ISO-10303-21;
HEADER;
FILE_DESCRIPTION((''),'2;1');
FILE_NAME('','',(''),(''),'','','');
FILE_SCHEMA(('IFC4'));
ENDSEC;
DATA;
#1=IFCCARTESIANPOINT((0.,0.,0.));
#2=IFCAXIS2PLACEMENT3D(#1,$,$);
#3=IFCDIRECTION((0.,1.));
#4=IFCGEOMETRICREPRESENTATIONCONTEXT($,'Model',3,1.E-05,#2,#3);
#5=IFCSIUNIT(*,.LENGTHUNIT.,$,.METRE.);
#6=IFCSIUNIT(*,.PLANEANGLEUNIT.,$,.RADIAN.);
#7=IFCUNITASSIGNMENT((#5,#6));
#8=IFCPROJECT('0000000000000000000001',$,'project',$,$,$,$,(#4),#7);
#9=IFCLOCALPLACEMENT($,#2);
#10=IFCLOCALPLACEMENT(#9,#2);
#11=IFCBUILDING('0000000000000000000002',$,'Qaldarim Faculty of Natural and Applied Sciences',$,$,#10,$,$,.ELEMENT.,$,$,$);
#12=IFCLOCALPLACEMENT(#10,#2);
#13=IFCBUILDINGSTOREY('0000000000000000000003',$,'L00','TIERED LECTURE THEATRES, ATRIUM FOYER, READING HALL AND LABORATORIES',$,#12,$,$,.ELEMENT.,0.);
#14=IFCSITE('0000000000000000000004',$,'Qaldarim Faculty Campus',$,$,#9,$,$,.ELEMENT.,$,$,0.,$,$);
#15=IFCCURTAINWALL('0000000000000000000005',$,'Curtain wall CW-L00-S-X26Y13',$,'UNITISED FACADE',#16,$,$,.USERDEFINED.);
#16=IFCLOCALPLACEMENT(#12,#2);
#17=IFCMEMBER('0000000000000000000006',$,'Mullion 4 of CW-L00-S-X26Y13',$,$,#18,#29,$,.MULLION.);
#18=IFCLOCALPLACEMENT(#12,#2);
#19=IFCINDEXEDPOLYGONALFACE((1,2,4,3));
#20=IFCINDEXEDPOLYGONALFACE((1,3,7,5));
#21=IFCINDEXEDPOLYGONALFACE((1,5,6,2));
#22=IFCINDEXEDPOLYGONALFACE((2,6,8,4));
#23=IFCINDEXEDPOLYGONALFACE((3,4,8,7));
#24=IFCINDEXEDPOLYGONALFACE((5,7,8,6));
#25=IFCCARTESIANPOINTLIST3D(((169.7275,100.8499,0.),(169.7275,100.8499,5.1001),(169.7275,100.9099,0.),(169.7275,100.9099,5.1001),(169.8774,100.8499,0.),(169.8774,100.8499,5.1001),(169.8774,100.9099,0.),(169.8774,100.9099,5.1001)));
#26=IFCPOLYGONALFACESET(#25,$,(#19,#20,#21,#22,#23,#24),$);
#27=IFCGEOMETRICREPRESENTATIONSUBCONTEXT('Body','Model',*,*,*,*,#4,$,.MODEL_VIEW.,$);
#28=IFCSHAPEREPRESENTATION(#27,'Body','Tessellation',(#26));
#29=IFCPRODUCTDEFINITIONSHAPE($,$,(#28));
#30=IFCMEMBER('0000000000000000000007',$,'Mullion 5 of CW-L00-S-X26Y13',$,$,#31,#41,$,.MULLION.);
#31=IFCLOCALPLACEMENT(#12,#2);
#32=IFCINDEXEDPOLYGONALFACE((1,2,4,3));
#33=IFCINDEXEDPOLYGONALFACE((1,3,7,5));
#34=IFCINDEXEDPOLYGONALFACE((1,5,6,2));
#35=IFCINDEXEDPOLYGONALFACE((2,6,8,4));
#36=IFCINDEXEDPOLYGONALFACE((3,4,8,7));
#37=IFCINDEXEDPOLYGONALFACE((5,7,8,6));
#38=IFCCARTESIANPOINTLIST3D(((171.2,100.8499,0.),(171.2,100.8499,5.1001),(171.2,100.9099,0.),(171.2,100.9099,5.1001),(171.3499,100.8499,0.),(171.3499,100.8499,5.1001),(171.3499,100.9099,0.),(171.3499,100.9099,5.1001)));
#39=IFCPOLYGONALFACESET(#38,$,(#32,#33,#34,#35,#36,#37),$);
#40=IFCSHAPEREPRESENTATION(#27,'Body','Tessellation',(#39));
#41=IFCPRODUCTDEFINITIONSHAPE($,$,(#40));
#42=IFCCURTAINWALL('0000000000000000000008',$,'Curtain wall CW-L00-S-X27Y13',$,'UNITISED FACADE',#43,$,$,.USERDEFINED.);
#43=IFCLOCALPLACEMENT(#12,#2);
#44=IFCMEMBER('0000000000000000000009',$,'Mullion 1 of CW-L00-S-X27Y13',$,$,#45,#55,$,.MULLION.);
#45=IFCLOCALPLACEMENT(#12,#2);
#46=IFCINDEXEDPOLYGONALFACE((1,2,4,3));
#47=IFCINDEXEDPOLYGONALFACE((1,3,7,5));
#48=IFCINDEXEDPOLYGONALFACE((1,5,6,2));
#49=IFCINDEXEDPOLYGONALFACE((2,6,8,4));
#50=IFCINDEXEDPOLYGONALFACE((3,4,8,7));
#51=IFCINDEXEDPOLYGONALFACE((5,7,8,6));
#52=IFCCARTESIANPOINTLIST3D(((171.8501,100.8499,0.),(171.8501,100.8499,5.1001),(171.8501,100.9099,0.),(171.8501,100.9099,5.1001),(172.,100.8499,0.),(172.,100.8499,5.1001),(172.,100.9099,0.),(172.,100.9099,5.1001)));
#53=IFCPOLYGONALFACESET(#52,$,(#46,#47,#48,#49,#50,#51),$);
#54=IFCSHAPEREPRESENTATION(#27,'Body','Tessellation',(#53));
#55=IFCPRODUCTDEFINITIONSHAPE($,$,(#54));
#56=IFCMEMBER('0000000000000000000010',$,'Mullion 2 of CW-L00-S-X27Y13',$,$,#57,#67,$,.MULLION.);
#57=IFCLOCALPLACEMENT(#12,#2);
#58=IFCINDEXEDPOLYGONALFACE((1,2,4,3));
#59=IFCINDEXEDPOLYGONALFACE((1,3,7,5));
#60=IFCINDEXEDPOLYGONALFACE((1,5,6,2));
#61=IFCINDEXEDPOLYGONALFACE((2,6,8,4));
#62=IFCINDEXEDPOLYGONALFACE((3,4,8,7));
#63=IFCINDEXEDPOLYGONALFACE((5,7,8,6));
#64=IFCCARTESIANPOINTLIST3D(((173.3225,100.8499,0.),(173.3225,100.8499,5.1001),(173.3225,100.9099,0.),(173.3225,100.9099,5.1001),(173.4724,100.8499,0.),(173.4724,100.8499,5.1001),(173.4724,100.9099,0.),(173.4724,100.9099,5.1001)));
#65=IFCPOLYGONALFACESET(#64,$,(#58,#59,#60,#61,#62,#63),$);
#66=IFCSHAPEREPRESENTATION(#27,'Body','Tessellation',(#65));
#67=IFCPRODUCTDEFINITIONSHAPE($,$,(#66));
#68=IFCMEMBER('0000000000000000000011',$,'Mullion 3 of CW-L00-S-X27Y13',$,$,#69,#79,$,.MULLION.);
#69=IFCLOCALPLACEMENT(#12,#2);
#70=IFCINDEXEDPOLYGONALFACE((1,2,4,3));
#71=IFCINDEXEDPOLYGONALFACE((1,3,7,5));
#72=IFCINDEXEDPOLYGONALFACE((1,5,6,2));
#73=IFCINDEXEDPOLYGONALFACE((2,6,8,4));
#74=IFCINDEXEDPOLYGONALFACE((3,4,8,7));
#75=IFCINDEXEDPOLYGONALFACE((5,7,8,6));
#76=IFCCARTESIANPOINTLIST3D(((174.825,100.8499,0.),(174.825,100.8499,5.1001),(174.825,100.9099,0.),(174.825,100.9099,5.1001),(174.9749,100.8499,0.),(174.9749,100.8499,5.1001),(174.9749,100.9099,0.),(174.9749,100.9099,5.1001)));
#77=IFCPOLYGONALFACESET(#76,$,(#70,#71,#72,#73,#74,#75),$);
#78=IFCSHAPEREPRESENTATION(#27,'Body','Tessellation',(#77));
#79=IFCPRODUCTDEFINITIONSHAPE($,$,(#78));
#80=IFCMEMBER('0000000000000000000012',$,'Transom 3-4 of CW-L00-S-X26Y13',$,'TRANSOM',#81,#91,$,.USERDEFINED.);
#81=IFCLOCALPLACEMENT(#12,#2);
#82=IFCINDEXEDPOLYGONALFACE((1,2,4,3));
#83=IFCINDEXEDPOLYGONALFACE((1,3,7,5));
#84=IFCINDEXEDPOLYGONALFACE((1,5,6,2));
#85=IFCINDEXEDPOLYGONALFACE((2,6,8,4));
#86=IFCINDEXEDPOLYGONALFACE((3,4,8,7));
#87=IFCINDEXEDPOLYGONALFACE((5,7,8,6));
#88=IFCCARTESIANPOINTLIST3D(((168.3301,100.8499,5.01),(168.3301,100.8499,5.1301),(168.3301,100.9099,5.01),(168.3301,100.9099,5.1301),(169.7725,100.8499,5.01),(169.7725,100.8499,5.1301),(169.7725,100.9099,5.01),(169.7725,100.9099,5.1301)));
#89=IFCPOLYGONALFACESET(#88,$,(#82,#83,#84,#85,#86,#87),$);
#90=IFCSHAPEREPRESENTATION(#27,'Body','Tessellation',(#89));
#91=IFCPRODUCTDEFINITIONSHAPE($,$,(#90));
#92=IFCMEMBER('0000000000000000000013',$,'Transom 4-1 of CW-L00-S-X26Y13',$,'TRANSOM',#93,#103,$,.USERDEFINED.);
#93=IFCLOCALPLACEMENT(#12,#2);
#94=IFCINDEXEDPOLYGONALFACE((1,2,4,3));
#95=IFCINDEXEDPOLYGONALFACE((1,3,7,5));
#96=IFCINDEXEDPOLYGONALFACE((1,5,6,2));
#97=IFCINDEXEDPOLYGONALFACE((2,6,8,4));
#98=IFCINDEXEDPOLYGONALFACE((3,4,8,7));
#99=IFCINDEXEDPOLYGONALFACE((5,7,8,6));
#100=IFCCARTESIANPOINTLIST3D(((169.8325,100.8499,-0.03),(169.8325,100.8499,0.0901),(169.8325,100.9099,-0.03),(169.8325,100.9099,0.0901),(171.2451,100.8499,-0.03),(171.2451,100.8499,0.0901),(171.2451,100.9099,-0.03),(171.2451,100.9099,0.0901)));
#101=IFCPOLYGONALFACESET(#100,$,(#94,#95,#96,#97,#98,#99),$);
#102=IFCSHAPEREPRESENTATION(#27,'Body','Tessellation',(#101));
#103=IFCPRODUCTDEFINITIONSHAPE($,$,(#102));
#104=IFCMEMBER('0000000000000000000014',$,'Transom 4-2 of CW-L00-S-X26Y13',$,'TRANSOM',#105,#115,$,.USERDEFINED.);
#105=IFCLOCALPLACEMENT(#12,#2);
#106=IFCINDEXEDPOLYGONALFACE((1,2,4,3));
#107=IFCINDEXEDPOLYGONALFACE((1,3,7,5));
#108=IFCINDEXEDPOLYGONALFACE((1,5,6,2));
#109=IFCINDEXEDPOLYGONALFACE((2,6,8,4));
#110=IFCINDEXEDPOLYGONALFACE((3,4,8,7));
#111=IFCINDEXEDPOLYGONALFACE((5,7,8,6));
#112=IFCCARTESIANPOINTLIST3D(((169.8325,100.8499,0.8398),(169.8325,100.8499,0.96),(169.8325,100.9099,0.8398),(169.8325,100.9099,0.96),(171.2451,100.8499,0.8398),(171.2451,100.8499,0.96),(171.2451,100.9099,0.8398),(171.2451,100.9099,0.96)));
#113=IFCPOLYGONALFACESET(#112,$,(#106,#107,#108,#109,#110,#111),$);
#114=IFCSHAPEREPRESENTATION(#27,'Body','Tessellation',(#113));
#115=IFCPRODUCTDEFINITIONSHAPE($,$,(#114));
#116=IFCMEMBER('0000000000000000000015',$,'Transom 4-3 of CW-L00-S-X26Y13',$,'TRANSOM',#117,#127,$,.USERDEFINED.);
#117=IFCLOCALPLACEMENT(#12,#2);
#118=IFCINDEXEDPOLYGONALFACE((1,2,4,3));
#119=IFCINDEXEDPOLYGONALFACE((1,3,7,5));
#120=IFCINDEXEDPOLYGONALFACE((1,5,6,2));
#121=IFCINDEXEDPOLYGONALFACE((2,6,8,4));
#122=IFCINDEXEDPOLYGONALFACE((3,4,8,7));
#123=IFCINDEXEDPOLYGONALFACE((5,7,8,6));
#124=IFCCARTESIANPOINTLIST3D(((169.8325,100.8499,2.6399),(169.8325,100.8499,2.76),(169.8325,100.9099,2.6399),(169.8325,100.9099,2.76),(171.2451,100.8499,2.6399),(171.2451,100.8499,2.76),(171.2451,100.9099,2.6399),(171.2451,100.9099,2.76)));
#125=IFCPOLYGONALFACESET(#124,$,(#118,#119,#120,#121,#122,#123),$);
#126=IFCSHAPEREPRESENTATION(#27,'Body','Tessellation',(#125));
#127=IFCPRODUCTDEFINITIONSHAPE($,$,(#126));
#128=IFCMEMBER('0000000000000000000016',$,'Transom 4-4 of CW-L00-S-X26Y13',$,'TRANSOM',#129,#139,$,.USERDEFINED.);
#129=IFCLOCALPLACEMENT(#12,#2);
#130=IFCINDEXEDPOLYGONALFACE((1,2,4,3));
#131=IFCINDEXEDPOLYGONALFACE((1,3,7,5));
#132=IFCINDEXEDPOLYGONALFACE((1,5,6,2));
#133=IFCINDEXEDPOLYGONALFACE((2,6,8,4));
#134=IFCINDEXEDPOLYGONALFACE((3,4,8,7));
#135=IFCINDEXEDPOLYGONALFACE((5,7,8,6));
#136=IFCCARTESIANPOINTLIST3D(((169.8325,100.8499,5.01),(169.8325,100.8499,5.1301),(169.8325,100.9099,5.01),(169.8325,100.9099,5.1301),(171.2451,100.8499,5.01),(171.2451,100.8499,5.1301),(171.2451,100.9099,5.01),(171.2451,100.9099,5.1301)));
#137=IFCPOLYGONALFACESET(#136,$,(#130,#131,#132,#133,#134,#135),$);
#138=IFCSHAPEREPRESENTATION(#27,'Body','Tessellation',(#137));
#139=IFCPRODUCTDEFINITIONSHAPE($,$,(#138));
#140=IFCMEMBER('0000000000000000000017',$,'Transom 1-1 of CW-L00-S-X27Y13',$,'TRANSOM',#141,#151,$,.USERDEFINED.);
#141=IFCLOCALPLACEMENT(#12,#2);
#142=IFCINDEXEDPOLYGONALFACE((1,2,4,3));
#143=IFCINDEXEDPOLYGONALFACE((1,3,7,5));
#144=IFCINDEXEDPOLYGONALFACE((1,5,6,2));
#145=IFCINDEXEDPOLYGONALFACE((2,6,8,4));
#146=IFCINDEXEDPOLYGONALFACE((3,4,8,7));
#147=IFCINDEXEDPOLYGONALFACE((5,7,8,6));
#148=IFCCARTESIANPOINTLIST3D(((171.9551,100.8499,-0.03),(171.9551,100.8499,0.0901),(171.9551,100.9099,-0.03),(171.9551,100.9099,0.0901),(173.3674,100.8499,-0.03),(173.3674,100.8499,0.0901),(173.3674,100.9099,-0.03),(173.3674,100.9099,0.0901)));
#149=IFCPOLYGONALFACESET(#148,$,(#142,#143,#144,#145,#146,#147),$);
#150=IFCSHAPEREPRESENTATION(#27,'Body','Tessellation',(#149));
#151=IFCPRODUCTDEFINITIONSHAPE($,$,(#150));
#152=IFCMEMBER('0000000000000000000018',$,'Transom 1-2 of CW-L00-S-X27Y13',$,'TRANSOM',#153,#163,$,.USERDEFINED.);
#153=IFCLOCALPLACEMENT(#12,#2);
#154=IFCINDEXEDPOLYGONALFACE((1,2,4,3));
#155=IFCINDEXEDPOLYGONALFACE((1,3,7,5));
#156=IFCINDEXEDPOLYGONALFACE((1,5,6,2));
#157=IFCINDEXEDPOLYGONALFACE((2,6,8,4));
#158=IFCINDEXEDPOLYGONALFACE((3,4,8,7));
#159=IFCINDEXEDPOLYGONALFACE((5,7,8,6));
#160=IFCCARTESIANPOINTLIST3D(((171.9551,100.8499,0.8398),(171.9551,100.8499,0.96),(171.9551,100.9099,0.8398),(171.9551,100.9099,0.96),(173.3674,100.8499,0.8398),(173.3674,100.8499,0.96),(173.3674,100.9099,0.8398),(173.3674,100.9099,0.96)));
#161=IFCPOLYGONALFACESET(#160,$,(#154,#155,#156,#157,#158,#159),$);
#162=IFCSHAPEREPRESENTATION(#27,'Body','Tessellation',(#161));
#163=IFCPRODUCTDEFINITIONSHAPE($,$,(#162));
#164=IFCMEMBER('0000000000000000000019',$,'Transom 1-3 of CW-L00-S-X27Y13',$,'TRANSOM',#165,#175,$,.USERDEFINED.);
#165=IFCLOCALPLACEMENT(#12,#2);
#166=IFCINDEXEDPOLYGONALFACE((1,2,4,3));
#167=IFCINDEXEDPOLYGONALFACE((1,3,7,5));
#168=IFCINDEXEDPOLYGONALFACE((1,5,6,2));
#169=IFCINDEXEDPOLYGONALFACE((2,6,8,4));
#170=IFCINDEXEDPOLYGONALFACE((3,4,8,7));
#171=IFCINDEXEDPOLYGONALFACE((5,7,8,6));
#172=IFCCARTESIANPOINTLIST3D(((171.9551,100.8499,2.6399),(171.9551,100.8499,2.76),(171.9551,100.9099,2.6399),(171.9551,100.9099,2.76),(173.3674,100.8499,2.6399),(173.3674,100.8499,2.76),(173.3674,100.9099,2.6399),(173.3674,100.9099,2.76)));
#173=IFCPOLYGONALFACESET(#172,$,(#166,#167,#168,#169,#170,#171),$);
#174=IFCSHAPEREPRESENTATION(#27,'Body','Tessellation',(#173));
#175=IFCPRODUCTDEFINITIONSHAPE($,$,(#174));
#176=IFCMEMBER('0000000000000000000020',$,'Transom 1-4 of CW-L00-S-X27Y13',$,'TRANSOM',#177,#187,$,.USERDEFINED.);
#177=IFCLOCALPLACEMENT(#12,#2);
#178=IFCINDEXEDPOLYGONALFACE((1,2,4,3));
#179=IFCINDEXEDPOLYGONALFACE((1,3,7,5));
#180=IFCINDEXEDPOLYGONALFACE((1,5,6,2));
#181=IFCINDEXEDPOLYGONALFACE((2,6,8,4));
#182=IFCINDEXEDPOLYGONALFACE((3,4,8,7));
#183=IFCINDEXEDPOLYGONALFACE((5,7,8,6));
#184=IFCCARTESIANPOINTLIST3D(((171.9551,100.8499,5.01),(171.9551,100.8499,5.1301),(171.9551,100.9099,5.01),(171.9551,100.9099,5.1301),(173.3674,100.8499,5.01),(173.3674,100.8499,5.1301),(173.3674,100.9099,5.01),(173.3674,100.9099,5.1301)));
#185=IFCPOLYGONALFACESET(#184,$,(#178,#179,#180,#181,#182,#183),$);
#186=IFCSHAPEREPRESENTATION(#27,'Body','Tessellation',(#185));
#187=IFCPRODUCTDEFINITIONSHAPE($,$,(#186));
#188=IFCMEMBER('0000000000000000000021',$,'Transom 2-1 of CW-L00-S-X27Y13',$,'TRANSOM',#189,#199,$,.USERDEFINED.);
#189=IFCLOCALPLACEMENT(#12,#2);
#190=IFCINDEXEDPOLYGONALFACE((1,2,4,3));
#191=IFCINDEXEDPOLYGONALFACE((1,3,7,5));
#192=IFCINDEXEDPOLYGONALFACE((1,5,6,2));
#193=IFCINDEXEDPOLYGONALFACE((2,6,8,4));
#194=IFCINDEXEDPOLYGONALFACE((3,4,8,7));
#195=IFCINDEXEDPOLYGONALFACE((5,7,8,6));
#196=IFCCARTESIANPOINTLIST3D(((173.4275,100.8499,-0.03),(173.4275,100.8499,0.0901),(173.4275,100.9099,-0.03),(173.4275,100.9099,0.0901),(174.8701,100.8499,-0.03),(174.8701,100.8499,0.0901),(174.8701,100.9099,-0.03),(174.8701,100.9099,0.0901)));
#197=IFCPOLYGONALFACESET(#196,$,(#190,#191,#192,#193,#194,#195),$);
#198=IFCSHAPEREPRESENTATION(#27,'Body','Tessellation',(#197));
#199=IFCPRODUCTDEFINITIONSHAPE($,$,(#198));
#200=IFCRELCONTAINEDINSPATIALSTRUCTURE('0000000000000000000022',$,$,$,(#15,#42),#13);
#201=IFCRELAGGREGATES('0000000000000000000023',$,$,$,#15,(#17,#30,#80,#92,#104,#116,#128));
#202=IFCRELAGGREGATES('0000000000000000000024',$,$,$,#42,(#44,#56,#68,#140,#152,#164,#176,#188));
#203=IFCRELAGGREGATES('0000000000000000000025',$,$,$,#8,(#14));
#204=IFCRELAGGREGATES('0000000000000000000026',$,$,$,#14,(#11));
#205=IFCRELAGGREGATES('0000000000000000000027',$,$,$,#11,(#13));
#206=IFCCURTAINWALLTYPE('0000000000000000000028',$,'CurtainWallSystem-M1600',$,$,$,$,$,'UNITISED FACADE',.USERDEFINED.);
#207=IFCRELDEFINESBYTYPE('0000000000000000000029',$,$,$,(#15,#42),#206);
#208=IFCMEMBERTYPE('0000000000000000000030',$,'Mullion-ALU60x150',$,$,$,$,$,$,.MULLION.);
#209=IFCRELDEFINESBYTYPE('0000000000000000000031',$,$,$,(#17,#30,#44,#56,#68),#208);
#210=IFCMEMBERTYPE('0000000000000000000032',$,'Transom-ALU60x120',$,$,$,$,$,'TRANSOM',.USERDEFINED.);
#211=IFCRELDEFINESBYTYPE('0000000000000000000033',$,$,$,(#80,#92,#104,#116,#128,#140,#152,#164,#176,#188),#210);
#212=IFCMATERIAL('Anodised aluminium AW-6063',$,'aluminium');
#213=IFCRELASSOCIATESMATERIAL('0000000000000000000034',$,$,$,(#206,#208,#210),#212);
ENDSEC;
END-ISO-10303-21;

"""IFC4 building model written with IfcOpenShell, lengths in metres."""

from ifc_helpers import new_model, si_unit, direction, frame, origin, origin_2d, place, context, subcontext, project, spatial, rectangle, extrude, material, material_profile, profile_set, type_object, element, aggregate, save


model = new_model("IFC4")

# Units and contexts
model_context = context("Model", 3, precision=1e-05, world=origin(), true_north=direction((0.0, 1.0)))
body_context = subcontext(model_context, "Body", "Model", "MODEL_VIEW")
ifc_project = project(units=[si_unit("LENGTHUNIT", "METRE"), si_unit("PLANEANGLEUNIT", "RADIAN")], contexts=[model_context])

# Site, building, storey
site_placement = place(None, origin())
site = spatial("IfcSite", under=ifc_project, at=site_placement, Name="Qaldarim Faculty Campus", CompositionType="ELEMENT", RefElevation=0.0)
building_placement = place(site_placement, origin())
building = spatial("IfcBuilding", under=site, at=building_placement, Name="Qaldarim Faculty of Natural and Applied Sciences", CompositionType="ELEMENT")
storey_placement = place(building_placement, origin())
storey = spatial("IfcBuildingStorey", under=building, at=storey_placement, Name="L00", Description="TIERED LECTURE THEATRES, ATRIUM FOYER, READING HALL AND LABORATORIES", CompositionType="ELEMENT", Elevation=0.0)

# Curtain walls, members
ifc_material_1 = material(Name="Anodised aluminium AW-6063", Category="aluminium")
curtain_wall_type = type_object("IfcCurtainWallType", Name="CurtainWallSystem-M1600", ElementType="UNITISED FACADE", PredefinedType="USERDEFINED", material=ifc_material_1)
curtain_wall_1_placement = place(storey_placement, origin())
curtain_wall_1 = element("IfcCurtainWall", 1, at=curtain_wall_1_placement, inside=storey, type_object=curtain_wall_type, Name="Curtain wall CW-L00-S-X26Y13", ObjectType="UNITISED FACADE", PredefinedType="USERDEFINED")
ifc_material_profile_1 = material_profile(ifc_material_1, rectangle(XDim=0.0601, YDim=0.1499, at=origin_2d()), Name="ALU-M60x150")
ifc_profile_set_1 = profile_set([ifc_material_profile_1], Name="Anodised aluminium AW-6063")
member_type_1 = type_object("IfcMemberType", Name="Mullion-ALU60x150", PredefinedType="MULLION", material=ifc_profile_set_1)
member_1_placement = place(storey_placement, frame((169.8025, 100.8799, 0.0), z_axis=(0.0, 0.0, 1.0), x_axis=(0.0, 1.0, 0.0)))
member_1 = element("IfcMember", 2, at=member_1_placement, type_object=member_type_1, Name="Mullion 4 of CW-L00-S-X26Y13", PredefinedType="MULLION", context=body_context, shape_type="SweptSolid", body=[
    extrude(rectangle(XDim=0.0601, YDim=0.1499, at=origin_2d()), origin(), (0.0, 0.0, 1.0), 5.1001),
])
member_2_placement = place(storey_placement, frame((171.2749, 100.8799, 0.0), z_axis=(0.0, 0.0, 1.0), x_axis=(0.0, 1.0, 0.0)))
member_2 = element("IfcMember", 3, at=member_2_placement, type_object=member_type_1, Name="Mullion 5 of CW-L00-S-X26Y13", PredefinedType="MULLION", context=body_context, shape_type="SweptSolid", body=[
    extrude(rectangle(XDim=0.0601, YDim=0.1499, at=origin_2d()), origin(), (0.0, 0.0, 1.0), 5.1001),
])
curtain_wall_2_placement = place(storey_placement, origin())
curtain_wall_2 = element("IfcCurtainWall", 4, at=curtain_wall_2_placement, inside=storey, type_object=curtain_wall_type, Name="Curtain wall CW-L00-S-X27Y13", ObjectType="UNITISED FACADE", PredefinedType="USERDEFINED")
member_3_placement = place(storey_placement, frame((171.925, 100.8799, 0.0), z_axis=(0.0, 0.0, 1.0), x_axis=(0.0, 1.0, 0.0)))
member_3 = element("IfcMember", 5, at=member_3_placement, type_object=member_type_1, Name="Mullion 1 of CW-L00-S-X27Y13", PredefinedType="MULLION", context=body_context, shape_type="SweptSolid", body=[
    extrude(rectangle(XDim=0.0601, YDim=0.1499, at=origin_2d()), origin(), (0.0, 0.0, 1.0), 5.1001),
])
member_4_placement = place(storey_placement, frame((173.3975, 100.8799, 0.0), z_axis=(0.0, 0.0, 1.0), x_axis=(0.0, 1.0, 0.0)))
member_4 = element("IfcMember", 6, at=member_4_placement, type_object=member_type_1, Name="Mullion 2 of CW-L00-S-X27Y13", PredefinedType="MULLION", context=body_context, shape_type="SweptSolid", body=[
    extrude(rectangle(XDim=0.0601, YDim=0.1499, at=origin_2d()), origin(), (0.0, 0.0, 1.0), 5.1001),
])
member_5_placement = place(storey_placement, frame((174.8999, 100.8799, 0.0), z_axis=(0.0, 0.0, 1.0), x_axis=(0.0, 1.0, 0.0)))
member_5 = element("IfcMember", 7, at=member_5_placement, type_object=member_type_1, Name="Mullion 3 of CW-L00-S-X27Y13", PredefinedType="MULLION", context=body_context, shape_type="SweptSolid", body=[
    extrude(rectangle(XDim=0.0601, YDim=0.1499, at=origin_2d()), origin(), (0.0, 0.0, 1.0), 5.1001),
])

# Members
ifc_material_profile_2 = material_profile(ifc_material_1, rectangle(XDim=0.0601, YDim=0.1201, at=origin_2d()), Name="ALU-T60x120")
ifc_profile_set_2 = profile_set([ifc_material_profile_2], Name="Anodised aluminium AW-6063")
member_type_2 = type_object("IfcMemberType", Name="Transom-ALU60x120", ElementType="TRANSOM", PredefinedType="USERDEFINED", material=ifc_profile_set_2)
member_6_placement = place(storey_placement, frame((168.3301, 100.8799, 5.0701), z_axis=(1.0, 0.0, 0.0), x_axis=(0.0, 1.0, 0.0)))
member_6 = element("IfcMember", 8, at=member_6_placement, type_object=member_type_2, Name="Transom 3-4 of CW-L00-S-X26Y13", ObjectType="TRANSOM", PredefinedType="USERDEFINED", context=body_context, shape_type="SweptSolid", body=[
    extrude(rectangle(XDim=0.0601, YDim=0.1201, at=origin_2d()), origin(), (0.0, 0.0, 1.0), 1.4424),
])
member_7_placement = place(storey_placement, frame((169.8325, 100.8799, 0.03), z_axis=(1.0, 0.0, 0.0), x_axis=(0.0, 1.0, 0.0)))
member_7 = element("IfcMember", 9, at=member_7_placement, type_object=member_type_2, Name="Transom 4-1 of CW-L00-S-X26Y13", ObjectType="TRANSOM", PredefinedType="USERDEFINED", context=body_context, shape_type="SweptSolid", body=[
    extrude(rectangle(XDim=0.0601, YDim=0.1201, at=origin_2d()), origin(), (0.0, 0.0, 1.0), 1.4126),
])
member_8_placement = place(storey_placement, frame((169.8325, 100.8799, 0.8999), z_axis=(1.0, 0.0, 0.0), x_axis=(0.0, 1.0, 0.0)))
member_8 = element("IfcMember", 10, at=member_8_placement, type_object=member_type_2, Name="Transom 4-2 of CW-L00-S-X26Y13", ObjectType="TRANSOM", PredefinedType="USERDEFINED", context=body_context, shape_type="SweptSolid", body=[
    extrude(rectangle(XDim=0.0601, YDim=0.1201, at=origin_2d()), origin(), (0.0, 0.0, 1.0), 1.4126),
])
member_9_placement = place(storey_placement, frame((169.8325, 100.8799, 2.7), z_axis=(1.0, 0.0, 0.0), x_axis=(0.0, 1.0, 0.0)))
member_9 = element("IfcMember", 11, at=member_9_placement, type_object=member_type_2, Name="Transom 4-3 of CW-L00-S-X26Y13", ObjectType="TRANSOM", PredefinedType="USERDEFINED", context=body_context, shape_type="SweptSolid", body=[
    extrude(rectangle(XDim=0.0601, YDim=0.1201, at=origin_2d()), origin(), (0.0, 0.0, 1.0), 1.4126),
])
member_10_placement = place(storey_placement, frame((169.8325, 100.8799, 5.0701), z_axis=(1.0, 0.0, 0.0), x_axis=(0.0, 1.0, 0.0)))
member_10 = element("IfcMember", 12, at=member_10_placement, type_object=member_type_2, Name="Transom 4-4 of CW-L00-S-X26Y13", ObjectType="TRANSOM", PredefinedType="USERDEFINED", context=body_context, shape_type="SweptSolid", body=[
    extrude(rectangle(XDim=0.0601, YDim=0.1201, at=origin_2d()), origin(), (0.0, 0.0, 1.0), 1.4126),
])
member_11_placement = place(storey_placement, frame((171.9551, 100.8799, 0.03), z_axis=(1.0, 0.0, 0.0), x_axis=(0.0, 1.0, 0.0)))
member_11 = element("IfcMember", 13, at=member_11_placement, type_object=member_type_2, Name="Transom 1-1 of CW-L00-S-X27Y13", ObjectType="TRANSOM", PredefinedType="USERDEFINED", context=body_context, shape_type="SweptSolid", body=[
    extrude(rectangle(XDim=0.0601, YDim=0.1201, at=origin_2d()), origin(), (0.0, 0.0, 1.0), 1.4124),
])
member_12_placement = place(storey_placement, frame((171.9551, 100.8799, 0.8999), z_axis=(1.0, 0.0, 0.0), x_axis=(0.0, 1.0, 0.0)))
member_12 = element("IfcMember", 14, at=member_12_placement, type_object=member_type_2, Name="Transom 1-2 of CW-L00-S-X27Y13", ObjectType="TRANSOM", PredefinedType="USERDEFINED", context=body_context, shape_type="SweptSolid", body=[
    extrude(rectangle(XDim=0.0601, YDim=0.1201, at=origin_2d()), origin(), (0.0, 0.0, 1.0), 1.4124),
])
member_13_placement = place(storey_placement, frame((171.9551, 100.8799, 2.7), z_axis=(1.0, 0.0, 0.0), x_axis=(0.0, 1.0, 0.0)))
member_13 = element("IfcMember", 15, at=member_13_placement, type_object=member_type_2, Name="Transom 1-3 of CW-L00-S-X27Y13", ObjectType="TRANSOM", PredefinedType="USERDEFINED", context=body_context, shape_type="SweptSolid", body=[
    extrude(rectangle(XDim=0.0601, YDim=0.1201, at=origin_2d()), origin(), (0.0, 0.0, 1.0), 1.4124),
])
member_14_placement = place(storey_placement, frame((171.9551, 100.8799, 5.0701), z_axis=(1.0, 0.0, 0.0), x_axis=(0.0, 1.0, 0.0)))
member_14 = element("IfcMember", 16, at=member_14_placement, type_object=member_type_2, Name="Transom 1-4 of CW-L00-S-X27Y13", ObjectType="TRANSOM", PredefinedType="USERDEFINED", context=body_context, shape_type="SweptSolid", body=[
    extrude(rectangle(XDim=0.0601, YDim=0.1201, at=origin_2d()), origin(), (0.0, 0.0, 1.0), 1.4124),
])
member_15_placement = place(storey_placement, frame((173.4275, 100.8799, 0.03), z_axis=(1.0, 0.0, 0.0), x_axis=(0.0, 1.0, 0.0)))
member_15 = element("IfcMember", 17, at=member_15_placement, type_object=member_type_2, Name="Transom 2-1 of CW-L00-S-X27Y13", ObjectType="TRANSOM", PredefinedType="USERDEFINED", context=body_context, shape_type="SweptSolid", body=[
    extrude(rectangle(XDim=0.0601, YDim=0.1201, at=origin_2d()), origin(), (0.0, 0.0, 1.0), 1.4426),
])

aggregate(curtain_wall_1, [member_1, member_2, member_6, member_7, member_8, member_9, member_10])
aggregate(curtain_wall_2, [member_3, member_4, member_5, member_11, member_12, member_13, member_14, member_15])

save(model, "model.ifc")
